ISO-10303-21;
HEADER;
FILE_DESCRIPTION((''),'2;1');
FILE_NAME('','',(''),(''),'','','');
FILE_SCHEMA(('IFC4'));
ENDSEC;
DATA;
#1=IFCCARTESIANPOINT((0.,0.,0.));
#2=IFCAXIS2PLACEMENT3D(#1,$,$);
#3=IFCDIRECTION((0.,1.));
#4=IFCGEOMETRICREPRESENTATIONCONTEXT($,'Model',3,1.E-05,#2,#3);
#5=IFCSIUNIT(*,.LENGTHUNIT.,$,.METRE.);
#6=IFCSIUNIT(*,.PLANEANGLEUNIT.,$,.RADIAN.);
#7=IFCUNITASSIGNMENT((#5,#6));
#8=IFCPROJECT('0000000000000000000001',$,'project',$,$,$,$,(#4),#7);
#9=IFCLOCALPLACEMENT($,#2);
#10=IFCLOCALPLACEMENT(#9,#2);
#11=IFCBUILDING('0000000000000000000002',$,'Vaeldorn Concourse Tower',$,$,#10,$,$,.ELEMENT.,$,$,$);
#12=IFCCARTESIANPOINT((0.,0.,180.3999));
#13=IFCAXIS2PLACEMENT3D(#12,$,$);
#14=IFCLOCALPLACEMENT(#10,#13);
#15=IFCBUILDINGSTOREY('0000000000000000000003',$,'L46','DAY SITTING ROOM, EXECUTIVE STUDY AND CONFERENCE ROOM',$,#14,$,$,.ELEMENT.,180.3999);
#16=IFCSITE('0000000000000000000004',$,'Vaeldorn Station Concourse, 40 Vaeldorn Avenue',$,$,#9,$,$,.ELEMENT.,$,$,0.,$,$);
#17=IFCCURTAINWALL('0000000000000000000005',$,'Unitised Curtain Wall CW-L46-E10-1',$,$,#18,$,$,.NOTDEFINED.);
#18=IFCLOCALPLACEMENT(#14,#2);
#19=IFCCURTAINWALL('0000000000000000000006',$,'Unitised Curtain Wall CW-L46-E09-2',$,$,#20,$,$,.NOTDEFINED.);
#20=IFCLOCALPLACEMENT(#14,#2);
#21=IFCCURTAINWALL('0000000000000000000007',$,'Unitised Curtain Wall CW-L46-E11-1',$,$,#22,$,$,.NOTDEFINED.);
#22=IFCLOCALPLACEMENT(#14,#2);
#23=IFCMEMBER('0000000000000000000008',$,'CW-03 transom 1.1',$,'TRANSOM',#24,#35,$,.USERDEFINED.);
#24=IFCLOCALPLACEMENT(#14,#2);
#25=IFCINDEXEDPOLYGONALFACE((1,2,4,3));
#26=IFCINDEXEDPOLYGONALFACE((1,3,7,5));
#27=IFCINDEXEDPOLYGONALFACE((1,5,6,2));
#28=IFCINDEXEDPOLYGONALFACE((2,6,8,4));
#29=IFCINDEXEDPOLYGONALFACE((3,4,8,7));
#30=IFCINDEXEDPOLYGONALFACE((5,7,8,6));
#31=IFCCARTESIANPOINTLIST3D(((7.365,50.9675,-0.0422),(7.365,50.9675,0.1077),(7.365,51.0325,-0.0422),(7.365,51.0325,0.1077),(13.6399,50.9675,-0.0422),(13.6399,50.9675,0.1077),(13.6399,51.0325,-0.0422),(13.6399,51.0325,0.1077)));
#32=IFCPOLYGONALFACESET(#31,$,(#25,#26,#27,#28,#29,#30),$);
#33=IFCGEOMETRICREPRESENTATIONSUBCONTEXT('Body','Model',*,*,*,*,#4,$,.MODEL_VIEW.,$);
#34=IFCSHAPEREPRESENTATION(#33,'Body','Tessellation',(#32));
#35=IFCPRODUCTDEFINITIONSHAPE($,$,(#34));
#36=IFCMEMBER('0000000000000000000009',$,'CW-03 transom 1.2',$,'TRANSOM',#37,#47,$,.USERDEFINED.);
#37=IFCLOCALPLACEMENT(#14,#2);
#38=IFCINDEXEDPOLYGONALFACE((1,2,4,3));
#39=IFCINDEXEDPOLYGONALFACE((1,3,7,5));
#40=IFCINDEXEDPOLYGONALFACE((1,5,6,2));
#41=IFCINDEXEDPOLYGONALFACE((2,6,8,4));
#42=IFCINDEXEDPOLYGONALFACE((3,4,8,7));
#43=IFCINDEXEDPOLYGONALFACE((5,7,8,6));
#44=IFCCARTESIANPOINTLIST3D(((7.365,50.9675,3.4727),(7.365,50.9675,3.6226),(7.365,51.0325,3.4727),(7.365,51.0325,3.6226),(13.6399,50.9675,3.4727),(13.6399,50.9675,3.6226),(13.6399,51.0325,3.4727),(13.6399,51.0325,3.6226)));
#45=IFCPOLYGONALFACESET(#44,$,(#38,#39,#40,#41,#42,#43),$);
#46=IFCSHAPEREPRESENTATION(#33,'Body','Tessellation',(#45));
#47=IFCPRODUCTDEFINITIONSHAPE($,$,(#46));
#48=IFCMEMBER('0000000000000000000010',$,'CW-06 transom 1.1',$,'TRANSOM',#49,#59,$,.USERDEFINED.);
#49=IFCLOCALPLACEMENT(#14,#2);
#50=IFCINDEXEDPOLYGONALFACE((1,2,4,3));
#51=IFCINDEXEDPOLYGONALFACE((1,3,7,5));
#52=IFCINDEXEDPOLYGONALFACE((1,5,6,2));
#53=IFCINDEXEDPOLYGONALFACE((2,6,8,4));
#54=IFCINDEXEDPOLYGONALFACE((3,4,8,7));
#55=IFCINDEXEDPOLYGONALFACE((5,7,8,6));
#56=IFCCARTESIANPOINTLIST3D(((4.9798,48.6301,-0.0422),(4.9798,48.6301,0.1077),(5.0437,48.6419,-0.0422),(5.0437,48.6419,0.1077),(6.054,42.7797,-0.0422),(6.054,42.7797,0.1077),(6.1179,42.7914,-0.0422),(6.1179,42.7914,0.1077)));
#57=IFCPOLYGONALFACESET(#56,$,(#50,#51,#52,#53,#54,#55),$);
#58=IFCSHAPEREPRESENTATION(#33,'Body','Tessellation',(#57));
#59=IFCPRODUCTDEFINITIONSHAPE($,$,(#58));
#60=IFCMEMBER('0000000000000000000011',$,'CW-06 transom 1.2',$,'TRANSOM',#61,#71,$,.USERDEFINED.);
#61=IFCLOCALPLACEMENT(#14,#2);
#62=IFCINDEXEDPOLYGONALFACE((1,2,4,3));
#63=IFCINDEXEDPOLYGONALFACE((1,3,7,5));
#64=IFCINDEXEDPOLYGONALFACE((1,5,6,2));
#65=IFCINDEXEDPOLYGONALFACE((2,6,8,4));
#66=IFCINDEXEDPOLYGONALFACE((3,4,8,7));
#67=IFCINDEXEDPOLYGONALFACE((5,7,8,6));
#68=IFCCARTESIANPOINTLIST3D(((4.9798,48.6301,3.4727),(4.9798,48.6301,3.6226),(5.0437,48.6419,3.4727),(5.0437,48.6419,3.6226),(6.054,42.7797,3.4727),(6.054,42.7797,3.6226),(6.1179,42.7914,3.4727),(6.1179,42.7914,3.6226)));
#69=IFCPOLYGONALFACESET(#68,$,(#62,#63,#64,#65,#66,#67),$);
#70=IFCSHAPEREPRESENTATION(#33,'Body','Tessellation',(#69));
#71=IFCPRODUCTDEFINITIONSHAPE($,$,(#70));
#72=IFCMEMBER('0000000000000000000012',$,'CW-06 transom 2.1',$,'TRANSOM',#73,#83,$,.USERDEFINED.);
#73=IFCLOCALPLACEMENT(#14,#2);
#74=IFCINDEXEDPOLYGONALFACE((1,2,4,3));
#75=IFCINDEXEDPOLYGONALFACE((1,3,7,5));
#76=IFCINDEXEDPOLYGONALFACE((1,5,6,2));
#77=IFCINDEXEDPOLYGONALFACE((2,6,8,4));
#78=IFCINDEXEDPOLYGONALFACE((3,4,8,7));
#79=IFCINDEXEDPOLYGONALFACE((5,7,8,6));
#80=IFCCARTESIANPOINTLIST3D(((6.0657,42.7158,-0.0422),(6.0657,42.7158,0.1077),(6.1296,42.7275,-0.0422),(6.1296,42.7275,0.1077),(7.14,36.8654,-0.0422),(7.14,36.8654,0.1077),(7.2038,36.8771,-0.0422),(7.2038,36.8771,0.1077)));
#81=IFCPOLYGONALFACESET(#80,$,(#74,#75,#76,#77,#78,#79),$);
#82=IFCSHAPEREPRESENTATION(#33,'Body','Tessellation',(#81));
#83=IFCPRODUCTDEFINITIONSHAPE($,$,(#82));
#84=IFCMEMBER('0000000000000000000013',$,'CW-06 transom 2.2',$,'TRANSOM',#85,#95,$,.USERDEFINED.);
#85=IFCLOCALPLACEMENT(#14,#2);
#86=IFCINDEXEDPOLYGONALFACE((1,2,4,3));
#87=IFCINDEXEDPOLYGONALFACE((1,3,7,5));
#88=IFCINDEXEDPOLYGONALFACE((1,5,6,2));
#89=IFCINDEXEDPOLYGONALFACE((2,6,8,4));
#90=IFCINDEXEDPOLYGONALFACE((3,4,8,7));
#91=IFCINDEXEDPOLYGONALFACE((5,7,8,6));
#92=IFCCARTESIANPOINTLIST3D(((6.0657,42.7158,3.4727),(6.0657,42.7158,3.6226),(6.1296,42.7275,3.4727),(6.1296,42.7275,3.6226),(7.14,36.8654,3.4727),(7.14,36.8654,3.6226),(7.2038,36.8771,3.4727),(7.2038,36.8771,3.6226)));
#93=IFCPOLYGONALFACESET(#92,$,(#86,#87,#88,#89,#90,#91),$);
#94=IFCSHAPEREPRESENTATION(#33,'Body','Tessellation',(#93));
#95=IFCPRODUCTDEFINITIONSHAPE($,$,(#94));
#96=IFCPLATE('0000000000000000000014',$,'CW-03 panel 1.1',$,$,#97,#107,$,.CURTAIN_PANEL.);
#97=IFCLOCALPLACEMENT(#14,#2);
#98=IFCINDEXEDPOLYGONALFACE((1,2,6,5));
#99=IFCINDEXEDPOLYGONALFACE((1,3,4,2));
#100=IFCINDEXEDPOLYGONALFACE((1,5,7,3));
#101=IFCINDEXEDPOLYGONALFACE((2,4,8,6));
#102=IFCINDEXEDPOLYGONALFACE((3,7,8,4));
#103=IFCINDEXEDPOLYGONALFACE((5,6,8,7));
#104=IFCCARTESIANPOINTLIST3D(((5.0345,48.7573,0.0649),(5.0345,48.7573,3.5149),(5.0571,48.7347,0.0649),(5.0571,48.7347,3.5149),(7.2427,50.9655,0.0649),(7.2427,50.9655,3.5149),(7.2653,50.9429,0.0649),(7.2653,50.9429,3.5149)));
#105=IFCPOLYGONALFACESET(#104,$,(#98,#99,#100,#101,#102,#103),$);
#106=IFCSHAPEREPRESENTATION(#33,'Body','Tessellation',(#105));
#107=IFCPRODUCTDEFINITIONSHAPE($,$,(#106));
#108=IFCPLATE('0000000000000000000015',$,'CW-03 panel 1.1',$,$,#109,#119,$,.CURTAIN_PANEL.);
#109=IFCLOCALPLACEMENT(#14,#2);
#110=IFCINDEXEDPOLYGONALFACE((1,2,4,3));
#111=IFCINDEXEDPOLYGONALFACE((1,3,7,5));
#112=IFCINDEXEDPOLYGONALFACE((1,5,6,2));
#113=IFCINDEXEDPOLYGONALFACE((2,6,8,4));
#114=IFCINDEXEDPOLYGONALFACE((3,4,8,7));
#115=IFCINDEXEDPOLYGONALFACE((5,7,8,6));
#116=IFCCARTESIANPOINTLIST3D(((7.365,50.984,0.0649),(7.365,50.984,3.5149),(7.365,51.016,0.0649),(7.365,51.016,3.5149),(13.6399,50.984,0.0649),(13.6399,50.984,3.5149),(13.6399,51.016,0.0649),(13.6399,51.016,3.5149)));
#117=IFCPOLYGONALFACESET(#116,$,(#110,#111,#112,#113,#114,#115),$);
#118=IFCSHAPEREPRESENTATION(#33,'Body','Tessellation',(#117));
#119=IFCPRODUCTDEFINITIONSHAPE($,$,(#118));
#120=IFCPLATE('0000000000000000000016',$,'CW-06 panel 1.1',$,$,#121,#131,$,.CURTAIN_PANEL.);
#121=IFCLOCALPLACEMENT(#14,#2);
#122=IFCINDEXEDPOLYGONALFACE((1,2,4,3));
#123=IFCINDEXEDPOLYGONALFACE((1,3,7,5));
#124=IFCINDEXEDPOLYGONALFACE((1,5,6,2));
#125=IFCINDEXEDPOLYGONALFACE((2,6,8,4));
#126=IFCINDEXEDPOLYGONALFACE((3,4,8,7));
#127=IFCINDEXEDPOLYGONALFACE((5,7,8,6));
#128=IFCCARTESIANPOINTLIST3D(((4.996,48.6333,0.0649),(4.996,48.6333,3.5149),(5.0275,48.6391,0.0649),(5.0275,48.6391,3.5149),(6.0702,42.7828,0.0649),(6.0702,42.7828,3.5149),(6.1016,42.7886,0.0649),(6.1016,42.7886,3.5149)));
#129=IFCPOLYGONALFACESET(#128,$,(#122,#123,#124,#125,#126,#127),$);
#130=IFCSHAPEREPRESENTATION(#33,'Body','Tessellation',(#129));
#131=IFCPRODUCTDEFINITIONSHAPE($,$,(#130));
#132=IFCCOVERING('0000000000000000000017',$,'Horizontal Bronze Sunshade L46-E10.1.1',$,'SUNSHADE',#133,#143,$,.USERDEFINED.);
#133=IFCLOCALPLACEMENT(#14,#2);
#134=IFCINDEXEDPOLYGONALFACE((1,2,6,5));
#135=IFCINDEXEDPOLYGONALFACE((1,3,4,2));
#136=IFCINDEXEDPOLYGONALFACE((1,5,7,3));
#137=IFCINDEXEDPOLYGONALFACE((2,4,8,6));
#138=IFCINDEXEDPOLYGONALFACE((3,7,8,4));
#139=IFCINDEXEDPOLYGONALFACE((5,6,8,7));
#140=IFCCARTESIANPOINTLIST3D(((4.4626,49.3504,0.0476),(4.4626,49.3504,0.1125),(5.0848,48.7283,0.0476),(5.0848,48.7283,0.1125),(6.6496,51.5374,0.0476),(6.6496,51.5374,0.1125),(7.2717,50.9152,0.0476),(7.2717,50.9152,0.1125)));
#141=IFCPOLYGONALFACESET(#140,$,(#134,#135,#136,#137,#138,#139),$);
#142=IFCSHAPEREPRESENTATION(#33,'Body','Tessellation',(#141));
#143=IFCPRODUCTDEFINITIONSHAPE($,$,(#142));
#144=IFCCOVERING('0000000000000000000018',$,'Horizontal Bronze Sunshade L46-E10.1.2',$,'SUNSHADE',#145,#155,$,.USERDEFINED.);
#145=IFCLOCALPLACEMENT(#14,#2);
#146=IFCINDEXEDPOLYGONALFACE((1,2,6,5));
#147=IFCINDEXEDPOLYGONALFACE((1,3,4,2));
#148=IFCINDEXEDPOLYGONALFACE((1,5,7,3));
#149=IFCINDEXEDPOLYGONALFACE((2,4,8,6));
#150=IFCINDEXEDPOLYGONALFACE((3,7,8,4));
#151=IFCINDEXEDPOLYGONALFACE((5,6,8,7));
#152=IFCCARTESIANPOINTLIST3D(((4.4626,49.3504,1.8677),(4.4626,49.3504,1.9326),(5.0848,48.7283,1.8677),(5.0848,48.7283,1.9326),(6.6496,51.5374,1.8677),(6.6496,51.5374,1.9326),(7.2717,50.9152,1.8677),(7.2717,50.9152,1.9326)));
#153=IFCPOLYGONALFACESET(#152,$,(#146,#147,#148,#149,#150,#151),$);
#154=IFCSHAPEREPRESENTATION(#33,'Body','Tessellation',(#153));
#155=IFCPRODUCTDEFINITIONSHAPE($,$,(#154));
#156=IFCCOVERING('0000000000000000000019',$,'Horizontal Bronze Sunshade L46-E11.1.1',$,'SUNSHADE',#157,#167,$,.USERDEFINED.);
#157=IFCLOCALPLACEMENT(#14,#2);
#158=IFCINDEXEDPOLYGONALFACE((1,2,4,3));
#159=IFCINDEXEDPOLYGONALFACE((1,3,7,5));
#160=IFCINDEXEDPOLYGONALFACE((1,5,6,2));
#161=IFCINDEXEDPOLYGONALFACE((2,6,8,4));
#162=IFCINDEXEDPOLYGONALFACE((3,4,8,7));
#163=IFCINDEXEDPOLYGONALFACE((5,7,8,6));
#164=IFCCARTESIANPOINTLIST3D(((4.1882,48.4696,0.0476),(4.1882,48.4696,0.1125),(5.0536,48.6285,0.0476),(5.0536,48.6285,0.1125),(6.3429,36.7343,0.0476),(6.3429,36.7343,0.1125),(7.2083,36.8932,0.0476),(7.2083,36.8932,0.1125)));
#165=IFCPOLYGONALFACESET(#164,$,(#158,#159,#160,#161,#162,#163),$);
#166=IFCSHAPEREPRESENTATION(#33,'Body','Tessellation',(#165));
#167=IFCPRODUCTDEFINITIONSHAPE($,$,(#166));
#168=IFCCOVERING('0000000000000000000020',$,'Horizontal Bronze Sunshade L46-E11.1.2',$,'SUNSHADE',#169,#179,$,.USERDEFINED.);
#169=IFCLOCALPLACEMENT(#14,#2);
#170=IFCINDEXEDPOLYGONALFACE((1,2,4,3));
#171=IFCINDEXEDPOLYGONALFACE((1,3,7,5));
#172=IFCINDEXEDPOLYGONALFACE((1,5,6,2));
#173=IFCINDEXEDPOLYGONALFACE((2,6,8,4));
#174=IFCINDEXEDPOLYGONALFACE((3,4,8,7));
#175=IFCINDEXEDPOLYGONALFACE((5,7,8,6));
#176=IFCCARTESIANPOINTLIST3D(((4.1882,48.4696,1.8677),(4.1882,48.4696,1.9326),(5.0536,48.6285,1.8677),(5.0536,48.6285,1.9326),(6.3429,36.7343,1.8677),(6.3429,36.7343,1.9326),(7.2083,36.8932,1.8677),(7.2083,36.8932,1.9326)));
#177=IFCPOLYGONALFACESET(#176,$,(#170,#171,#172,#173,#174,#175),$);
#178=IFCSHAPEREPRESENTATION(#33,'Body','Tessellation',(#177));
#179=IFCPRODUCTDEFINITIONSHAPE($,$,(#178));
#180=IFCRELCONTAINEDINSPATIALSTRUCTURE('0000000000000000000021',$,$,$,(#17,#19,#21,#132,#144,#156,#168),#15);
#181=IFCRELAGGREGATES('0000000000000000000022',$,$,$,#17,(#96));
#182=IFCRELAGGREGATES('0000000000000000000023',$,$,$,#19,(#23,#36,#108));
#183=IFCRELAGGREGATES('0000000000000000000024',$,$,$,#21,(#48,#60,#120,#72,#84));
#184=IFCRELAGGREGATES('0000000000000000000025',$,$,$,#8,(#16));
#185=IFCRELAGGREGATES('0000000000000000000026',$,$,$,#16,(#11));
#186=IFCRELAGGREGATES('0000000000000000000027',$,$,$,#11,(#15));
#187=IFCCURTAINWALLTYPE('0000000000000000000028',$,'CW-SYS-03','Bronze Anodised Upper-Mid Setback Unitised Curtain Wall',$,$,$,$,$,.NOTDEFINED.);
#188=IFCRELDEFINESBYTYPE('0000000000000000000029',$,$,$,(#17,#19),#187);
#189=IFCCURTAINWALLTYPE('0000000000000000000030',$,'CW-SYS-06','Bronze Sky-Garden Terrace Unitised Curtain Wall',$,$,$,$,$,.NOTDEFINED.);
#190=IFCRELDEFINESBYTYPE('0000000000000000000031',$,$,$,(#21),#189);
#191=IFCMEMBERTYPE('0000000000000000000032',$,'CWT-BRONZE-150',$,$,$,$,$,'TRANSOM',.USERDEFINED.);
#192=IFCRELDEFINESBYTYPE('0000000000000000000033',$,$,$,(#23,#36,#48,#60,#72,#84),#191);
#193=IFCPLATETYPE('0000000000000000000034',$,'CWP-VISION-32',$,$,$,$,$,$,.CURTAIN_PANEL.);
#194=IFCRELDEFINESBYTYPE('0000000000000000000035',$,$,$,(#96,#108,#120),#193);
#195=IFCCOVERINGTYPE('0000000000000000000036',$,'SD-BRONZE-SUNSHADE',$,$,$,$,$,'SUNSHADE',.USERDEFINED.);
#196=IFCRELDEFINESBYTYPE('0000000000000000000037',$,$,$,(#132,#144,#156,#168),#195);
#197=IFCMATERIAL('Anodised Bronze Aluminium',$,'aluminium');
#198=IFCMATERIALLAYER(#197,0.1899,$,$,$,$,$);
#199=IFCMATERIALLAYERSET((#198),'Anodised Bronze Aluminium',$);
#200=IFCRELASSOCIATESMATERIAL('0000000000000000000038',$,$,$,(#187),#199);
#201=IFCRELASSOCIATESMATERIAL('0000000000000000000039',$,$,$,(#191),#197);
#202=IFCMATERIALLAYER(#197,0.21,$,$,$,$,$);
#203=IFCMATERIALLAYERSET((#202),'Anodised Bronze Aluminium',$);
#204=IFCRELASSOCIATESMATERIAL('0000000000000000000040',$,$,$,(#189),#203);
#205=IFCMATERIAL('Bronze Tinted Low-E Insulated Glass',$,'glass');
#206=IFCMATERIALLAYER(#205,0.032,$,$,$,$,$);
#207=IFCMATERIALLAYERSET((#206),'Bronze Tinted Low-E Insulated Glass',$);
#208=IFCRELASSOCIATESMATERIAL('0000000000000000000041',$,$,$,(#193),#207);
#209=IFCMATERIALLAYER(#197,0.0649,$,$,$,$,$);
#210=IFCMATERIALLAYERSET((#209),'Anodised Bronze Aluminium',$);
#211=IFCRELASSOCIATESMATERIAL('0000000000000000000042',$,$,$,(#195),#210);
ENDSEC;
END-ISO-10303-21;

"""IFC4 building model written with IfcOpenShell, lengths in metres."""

from ifc_helpers import new_model, si_unit, direction, frame, origin, origin_2d, place, context, subcontext, project, spatial, rectangle, extrude, source, transform, mapped, material, layer, layer_set, material_profile, profile_set, type_object, element, aggregate, save


model = new_model("IFC4")

# Units and contexts
model_context = context("Model", 3, precision=1e-05, world=origin(), true_north=direction((0.0, 1.0)))
body_context = subcontext(model_context, "Body", "Model", "MODEL_VIEW")
ifc_project = project(units=[si_unit("LENGTHUNIT", "METRE"), si_unit("PLANEANGLEUNIT", "RADIAN")], contexts=[model_context])

# Site, building, storey
site_placement = place(None, origin())
site = spatial("IfcSite", under=ifc_project, at=site_placement, Name="Vaeldorn Station Concourse, 40 Vaeldorn Avenue", CompositionType="ELEMENT", RefElevation=0.0)
building_placement = place(site_placement, origin())
building = spatial("IfcBuilding", under=site, at=building_placement, Name="Vaeldorn Concourse Tower", CompositionType="ELEMENT")
storey_placement = place(building_placement, frame((0.0, 0.0, 180.3999)))
storey = spatial("IfcBuildingStorey", under=building, at=storey_placement, Name="L46", Description="DAY SITTING ROOM, EXECUTIVE STUDY AND CONFERENCE ROOM", CompositionType="ELEMENT", Elevation=180.3999)

# Curtain wall
ifc_material_1 = material(Name="Anodised Bronze Aluminium", Category="aluminium")
ifc_layer_1 = layer(ifc_material_1, 0.1899)
ifc_layer_set_1 = layer_set([ifc_layer_1], Name="Anodised Bronze Aluminium")
curtain_wall_type_1 = type_object("IfcCurtainWallType", Name="CW-SYS-03", Description="Bronze Anodised Upper-Mid Setback Unitised Curtain Wall", PredefinedType="NOTDEFINED", material=ifc_layer_set_1)
curtain_wall_1_placement = place(storey_placement, origin())
curtain_wall_1 = element("IfcCurtainWall", 1, at=curtain_wall_1_placement, inside=storey, type_object=curtain_wall_type_1, Name="Unitised Curtain Wall CW-L46-E10-1", PredefinedType="NOTDEFINED")
ifc_material_profile_1 = material_profile(ifc_material_1, rectangle(XDim=0.0649, YDim=0.1499, at=origin_2d()), Name="CWT 65x150")
ifc_profile_set_1 = profile_set([ifc_material_profile_1], Name="Anodised Bronze Aluminium")
member_type_1 = type_object("IfcMemberType", Name="CWT-BRONZE-150", ElementType="TRANSOM", PredefinedType="USERDEFINED", material=ifc_profile_set_1)

# Curtain wall
curtain_wall_2_placement = place(storey_placement, origin())
curtain_wall_2 = element("IfcCurtainWall", 2, at=curtain_wall_2_placement, inside=storey, type_object=curtain_wall_type_1, Name="Unitised Curtain Wall CW-L46-E09-2", PredefinedType="NOTDEFINED")

# Curtain wall
ifc_layer_2 = layer(ifc_material_1, 0.21)
ifc_layer_set_2 = layer_set([ifc_layer_2], Name="Anodised Bronze Aluminium")
curtain_wall_type_2 = type_object("IfcCurtainWallType", Name="CW-SYS-06", Description="Bronze Sky-Garden Terrace Unitised Curtain Wall", PredefinedType="NOTDEFINED", material=ifc_layer_set_2)
curtain_wall_3_placement = place(storey_placement, origin())
curtain_wall_3 = element("IfcCurtainWall", 3, at=curtain_wall_3_placement, inside=storey, type_object=curtain_wall_type_2, Name="Unitised Curtain Wall CW-L46-E11-1", PredefinedType="NOTDEFINED")

# Members
shared_shape_1 = source(origin(), body_context, "Body", "SweptSolid", [
    extrude(rectangle(XDim=0.0649, YDim=0.1499, at=origin_2d()), origin(), (0.0, 0.0, 1.0), 6.2749),
])
member_1_placement = place(storey_placement, frame((13.6399, 51.0, 0.0327), z_axis=(-1.0, 0.0, 0.0), x_axis=(0.0, -1.0, 0.0)))
member_1 = element("IfcMember", 4, at=member_1_placement, type_object=member_type_1, Name="CW-03 transom 1.1", ObjectType="TRANSOM", PredefinedType="USERDEFINED", context=body_context, shape_type="MappedRepresentation", body=[
    mapped(shared_shape_1, transform((0.0, 0.0, 0.0), scale=1.0)),
])
member_2_placement = place(storey_placement, frame((13.6399, 51.0, 3.5476), z_axis=(-1.0, 0.0, 0.0), x_axis=(0.0, -1.0, 0.0)))
member_2 = element("IfcMember", 5, at=member_2_placement, type_object=member_type_1, Name="CW-03 transom 1.2", ObjectType="TRANSOM", PredefinedType="USERDEFINED", context=body_context, shape_type="MappedRepresentation", body=[
    mapped(shared_shape_1, transform((0.0, 0.0, 0.0), scale=1.0)),
])
shared_shape_2 = source(origin(), body_context, "Body", "SweptSolid", [
    extrude(rectangle(XDim=0.0649, YDim=0.1499, at=origin_2d()), origin(), (0.0, 0.0, 1.0), 5.9482),
])
member_3_placement = place(storey_placement, frame((5.0117, 48.636, 0.0327), z_axis=(0.180597, -0.983557, 0.0), x_axis=(0.983557, 0.180597, 0.0)))
member_3 = element("IfcMember", 6, at=member_3_placement, type_object=member_type_1, Name="CW-06 transom 1.1", ObjectType="TRANSOM", PredefinedType="USERDEFINED", context=body_context, shape_type="MappedRepresentation", body=[
    mapped(shared_shape_2, transform((0.0, 0.0, 0.0), scale=1.0)),
])
member_4_placement = place(storey_placement, frame((5.0117, 48.636, 3.5476), z_axis=(0.180597, -0.983557, 0.0), x_axis=(0.983557, 0.180597, 0.0)))
member_4 = element("IfcMember", 7, at=member_4_placement, type_object=member_type_1, Name="CW-06 transom 1.2", ObjectType="TRANSOM", PredefinedType="USERDEFINED", context=body_context, shape_type="MappedRepresentation", body=[
    mapped(shared_shape_2, transform((0.0, 0.0, 0.0), scale=1.0)),
])
member_5_placement = place(storey_placement, frame((6.0977, 42.7217, 0.0327), z_axis=(0.180597, -0.983557, 0.0), x_axis=(0.983557, 0.180597, 0.0)))
member_5 = element("IfcMember", 8, at=member_5_placement, type_object=member_type_1, Name="CW-06 transom 2.1", ObjectType="TRANSOM", PredefinedType="USERDEFINED", context=body_context, shape_type="MappedRepresentation", body=[
    mapped(shared_shape_2, transform((0.0, 0.0, 0.0), scale=1.0)),
])
member_6_placement = place(storey_placement, frame((6.0977, 42.7217, 3.5476), z_axis=(0.180597, -0.983557, 0.0), x_axis=(0.983557, 0.180597, 0.0)))
member_6 = element("IfcMember", 9, at=member_6_placement, type_object=member_type_1, Name="CW-06 transom 2.2", ObjectType="TRANSOM", PredefinedType="USERDEFINED", context=body_context, shape_type="MappedRepresentation", body=[
    mapped(shared_shape_2, transform((0.0, 0.0, 0.0), scale=1.0)),
])

# Plates
ifc_material_2 = material(Name="Bronze Tinted Low-E Insulated Glass", Category="glass")
ifc_layer_3 = layer(ifc_material_2, 0.032)
ifc_layer_set_3 = layer_set([ifc_layer_3], Name="Bronze Tinted Low-E Insulated Glass")
plate_type = type_object("IfcPlateType", Name="CWP-VISION-32", PredefinedType="CURTAIN_PANEL", material=ifc_layer_set_3)
shared_shape_3 = source(origin(), body_context, "Body", "SweptSolid", [
    extrude(rectangle(XDim=3.1228, YDim=0.032, at=origin_2d()), origin(), (0.0, 0.0, 1.0), 3.45),
])
plate_1_placement = place(storey_placement, frame((6.1499, 49.8501, 0.0649), z_axis=(0.0, 0.0, 1.0), x_axis=(-0.707107, -0.707107, 0.0)))
plate_1 = element("IfcPlate", 10, at=plate_1_placement, type_object=plate_type, Name="CW-03 panel 1.1", PredefinedType="CURTAIN_PANEL", context=body_context, shape_type="MappedRepresentation", body=[
    mapped(shared_shape_3, transform((0.0, 0.0, 0.0), scale=1.0)),
])
aggregate(curtain_wall_1, [plate_1])
shared_shape_4 = source(origin(), body_context, "Body", "SweptSolid", [
    extrude(rectangle(XDim=6.2749, YDim=0.032, at=origin_2d()), origin(), (0.0, 0.0, 1.0), 3.45),
])
plate_2_placement = place(storey_placement, frame((10.5024, 51.0, 0.0649), z_axis=(0.0, 0.0, 1.0), x_axis=(-1.0, 0.0, 0.0)))
plate_2 = element("IfcPlate", 11, at=plate_2_placement, type_object=plate_type, Name="CW-03 panel 1.1", PredefinedType="CURTAIN_PANEL", context=body_context, shape_type="MappedRepresentation", body=[
    mapped(shared_shape_4, transform((0.0, 0.0, 0.0), scale=1.0)),
])
aggregate(curtain_wall_2, [member_1, member_2, plate_2])
shared_shape_5 = source(origin(), body_context, "Body", "SweptSolid", [
    extrude(rectangle(XDim=5.9482, YDim=0.032, at=origin_2d()), origin(), (0.0, 0.0, 1.0), 3.45),
])
plate_3_placement = place(storey_placement, frame((5.5488, 45.7109, 0.0649), z_axis=(0.0, 0.0, 1.0), x_axis=(0.180585, -0.983559, 0.0)))
plate_3 = element("IfcPlate", 12, at=plate_3_placement, type_object=plate_type, Name="CW-06 panel 1.1", PredefinedType="CURTAIN_PANEL", context=body_context, shape_type="MappedRepresentation", body=[
    mapped(shared_shape_5, transform((0.0, 0.0, 0.0), scale=1.0)),
])
aggregate(curtain_wall_3, [member_3, member_4, plate_3, member_5, member_6])

# Coverings
ifc_layer_4 = layer(ifc_material_1, 0.0649)
ifc_layer_set_4 = layer_set([ifc_layer_4], Name="Anodised Bronze Aluminium")
covering_type = type_object("IfcCoveringType", Name="SD-BRONZE-SUNSHADE", ElementType="SUNSHADE", PredefinedType="USERDEFINED", material=ifc_layer_set_4)
shared_shape_6 = source(origin(), body_context, "Body", "SweptSolid", [
    extrude(rectangle(XDim=3.0928, YDim=0.8799, at=origin_2d()), origin(), (0.0, 0.0, 1.0), 0.0649),
])
for number, where, z_axis, x_axis, name in (
    (13, (5.8672, 50.1328, 0.0476), (0.0, 0.0, 1.0), (-0.707107, -0.707107, 0.0), "Horizontal Bronze Sunshade L46-E10.1.1"),
    (14, (5.8672, 50.1328, 1.8677), (0.0, 0.0, 1.0), (-0.707107, -0.707107, 0.0), "Horizontal Bronze Sunshade L46-E10.1.2"),
):
    element("IfcCovering", number, at=place(storey_placement, frame(where, z_axis=z_axis, x_axis=x_axis)), inside=storey, type_object=covering_type, Name=name, ObjectType="SUNSHADE", PredefinedType="USERDEFINED", context=body_context, shape_type="MappedRepresentation", body=[
        mapped(shared_shape_6, transform((0.0, 0.0, 0.0), scale=1.0)),
    ])
shared_shape_7 = source(origin(), body_context, "Body", "SweptSolid", [
    extrude(rectangle(XDim=11.9314, YDim=0.8799, at=origin_2d()), origin(), (0.0, 0.0, 1.0), 0.0649),
])
for number, where, z_axis, x_axis, name in (
    (15, (5.6982, 42.6814, 0.0476), (0.0, 0.0, 1.0), (0.180588, -0.983559, 0.0), "Horizontal Bronze Sunshade L46-E11.1.1"),
    (16, (5.6982, 42.6814, 1.8677), (0.0, 0.0, 1.0), (0.180588, -0.983559, 0.0), "Horizontal Bronze Sunshade L46-E11.1.2"),
):
    element("IfcCovering", number, at=place(storey_placement, frame(where, z_axis=z_axis, x_axis=x_axis)), inside=storey, type_object=covering_type, Name=name, ObjectType="SUNSHADE", PredefinedType="USERDEFINED", context=body_context, shape_type="MappedRepresentation", body=[
        mapped(shared_shape_7, transform((0.0, 0.0, 0.0), scale=1.0)),
    ])

save(model, "model.ifc")
